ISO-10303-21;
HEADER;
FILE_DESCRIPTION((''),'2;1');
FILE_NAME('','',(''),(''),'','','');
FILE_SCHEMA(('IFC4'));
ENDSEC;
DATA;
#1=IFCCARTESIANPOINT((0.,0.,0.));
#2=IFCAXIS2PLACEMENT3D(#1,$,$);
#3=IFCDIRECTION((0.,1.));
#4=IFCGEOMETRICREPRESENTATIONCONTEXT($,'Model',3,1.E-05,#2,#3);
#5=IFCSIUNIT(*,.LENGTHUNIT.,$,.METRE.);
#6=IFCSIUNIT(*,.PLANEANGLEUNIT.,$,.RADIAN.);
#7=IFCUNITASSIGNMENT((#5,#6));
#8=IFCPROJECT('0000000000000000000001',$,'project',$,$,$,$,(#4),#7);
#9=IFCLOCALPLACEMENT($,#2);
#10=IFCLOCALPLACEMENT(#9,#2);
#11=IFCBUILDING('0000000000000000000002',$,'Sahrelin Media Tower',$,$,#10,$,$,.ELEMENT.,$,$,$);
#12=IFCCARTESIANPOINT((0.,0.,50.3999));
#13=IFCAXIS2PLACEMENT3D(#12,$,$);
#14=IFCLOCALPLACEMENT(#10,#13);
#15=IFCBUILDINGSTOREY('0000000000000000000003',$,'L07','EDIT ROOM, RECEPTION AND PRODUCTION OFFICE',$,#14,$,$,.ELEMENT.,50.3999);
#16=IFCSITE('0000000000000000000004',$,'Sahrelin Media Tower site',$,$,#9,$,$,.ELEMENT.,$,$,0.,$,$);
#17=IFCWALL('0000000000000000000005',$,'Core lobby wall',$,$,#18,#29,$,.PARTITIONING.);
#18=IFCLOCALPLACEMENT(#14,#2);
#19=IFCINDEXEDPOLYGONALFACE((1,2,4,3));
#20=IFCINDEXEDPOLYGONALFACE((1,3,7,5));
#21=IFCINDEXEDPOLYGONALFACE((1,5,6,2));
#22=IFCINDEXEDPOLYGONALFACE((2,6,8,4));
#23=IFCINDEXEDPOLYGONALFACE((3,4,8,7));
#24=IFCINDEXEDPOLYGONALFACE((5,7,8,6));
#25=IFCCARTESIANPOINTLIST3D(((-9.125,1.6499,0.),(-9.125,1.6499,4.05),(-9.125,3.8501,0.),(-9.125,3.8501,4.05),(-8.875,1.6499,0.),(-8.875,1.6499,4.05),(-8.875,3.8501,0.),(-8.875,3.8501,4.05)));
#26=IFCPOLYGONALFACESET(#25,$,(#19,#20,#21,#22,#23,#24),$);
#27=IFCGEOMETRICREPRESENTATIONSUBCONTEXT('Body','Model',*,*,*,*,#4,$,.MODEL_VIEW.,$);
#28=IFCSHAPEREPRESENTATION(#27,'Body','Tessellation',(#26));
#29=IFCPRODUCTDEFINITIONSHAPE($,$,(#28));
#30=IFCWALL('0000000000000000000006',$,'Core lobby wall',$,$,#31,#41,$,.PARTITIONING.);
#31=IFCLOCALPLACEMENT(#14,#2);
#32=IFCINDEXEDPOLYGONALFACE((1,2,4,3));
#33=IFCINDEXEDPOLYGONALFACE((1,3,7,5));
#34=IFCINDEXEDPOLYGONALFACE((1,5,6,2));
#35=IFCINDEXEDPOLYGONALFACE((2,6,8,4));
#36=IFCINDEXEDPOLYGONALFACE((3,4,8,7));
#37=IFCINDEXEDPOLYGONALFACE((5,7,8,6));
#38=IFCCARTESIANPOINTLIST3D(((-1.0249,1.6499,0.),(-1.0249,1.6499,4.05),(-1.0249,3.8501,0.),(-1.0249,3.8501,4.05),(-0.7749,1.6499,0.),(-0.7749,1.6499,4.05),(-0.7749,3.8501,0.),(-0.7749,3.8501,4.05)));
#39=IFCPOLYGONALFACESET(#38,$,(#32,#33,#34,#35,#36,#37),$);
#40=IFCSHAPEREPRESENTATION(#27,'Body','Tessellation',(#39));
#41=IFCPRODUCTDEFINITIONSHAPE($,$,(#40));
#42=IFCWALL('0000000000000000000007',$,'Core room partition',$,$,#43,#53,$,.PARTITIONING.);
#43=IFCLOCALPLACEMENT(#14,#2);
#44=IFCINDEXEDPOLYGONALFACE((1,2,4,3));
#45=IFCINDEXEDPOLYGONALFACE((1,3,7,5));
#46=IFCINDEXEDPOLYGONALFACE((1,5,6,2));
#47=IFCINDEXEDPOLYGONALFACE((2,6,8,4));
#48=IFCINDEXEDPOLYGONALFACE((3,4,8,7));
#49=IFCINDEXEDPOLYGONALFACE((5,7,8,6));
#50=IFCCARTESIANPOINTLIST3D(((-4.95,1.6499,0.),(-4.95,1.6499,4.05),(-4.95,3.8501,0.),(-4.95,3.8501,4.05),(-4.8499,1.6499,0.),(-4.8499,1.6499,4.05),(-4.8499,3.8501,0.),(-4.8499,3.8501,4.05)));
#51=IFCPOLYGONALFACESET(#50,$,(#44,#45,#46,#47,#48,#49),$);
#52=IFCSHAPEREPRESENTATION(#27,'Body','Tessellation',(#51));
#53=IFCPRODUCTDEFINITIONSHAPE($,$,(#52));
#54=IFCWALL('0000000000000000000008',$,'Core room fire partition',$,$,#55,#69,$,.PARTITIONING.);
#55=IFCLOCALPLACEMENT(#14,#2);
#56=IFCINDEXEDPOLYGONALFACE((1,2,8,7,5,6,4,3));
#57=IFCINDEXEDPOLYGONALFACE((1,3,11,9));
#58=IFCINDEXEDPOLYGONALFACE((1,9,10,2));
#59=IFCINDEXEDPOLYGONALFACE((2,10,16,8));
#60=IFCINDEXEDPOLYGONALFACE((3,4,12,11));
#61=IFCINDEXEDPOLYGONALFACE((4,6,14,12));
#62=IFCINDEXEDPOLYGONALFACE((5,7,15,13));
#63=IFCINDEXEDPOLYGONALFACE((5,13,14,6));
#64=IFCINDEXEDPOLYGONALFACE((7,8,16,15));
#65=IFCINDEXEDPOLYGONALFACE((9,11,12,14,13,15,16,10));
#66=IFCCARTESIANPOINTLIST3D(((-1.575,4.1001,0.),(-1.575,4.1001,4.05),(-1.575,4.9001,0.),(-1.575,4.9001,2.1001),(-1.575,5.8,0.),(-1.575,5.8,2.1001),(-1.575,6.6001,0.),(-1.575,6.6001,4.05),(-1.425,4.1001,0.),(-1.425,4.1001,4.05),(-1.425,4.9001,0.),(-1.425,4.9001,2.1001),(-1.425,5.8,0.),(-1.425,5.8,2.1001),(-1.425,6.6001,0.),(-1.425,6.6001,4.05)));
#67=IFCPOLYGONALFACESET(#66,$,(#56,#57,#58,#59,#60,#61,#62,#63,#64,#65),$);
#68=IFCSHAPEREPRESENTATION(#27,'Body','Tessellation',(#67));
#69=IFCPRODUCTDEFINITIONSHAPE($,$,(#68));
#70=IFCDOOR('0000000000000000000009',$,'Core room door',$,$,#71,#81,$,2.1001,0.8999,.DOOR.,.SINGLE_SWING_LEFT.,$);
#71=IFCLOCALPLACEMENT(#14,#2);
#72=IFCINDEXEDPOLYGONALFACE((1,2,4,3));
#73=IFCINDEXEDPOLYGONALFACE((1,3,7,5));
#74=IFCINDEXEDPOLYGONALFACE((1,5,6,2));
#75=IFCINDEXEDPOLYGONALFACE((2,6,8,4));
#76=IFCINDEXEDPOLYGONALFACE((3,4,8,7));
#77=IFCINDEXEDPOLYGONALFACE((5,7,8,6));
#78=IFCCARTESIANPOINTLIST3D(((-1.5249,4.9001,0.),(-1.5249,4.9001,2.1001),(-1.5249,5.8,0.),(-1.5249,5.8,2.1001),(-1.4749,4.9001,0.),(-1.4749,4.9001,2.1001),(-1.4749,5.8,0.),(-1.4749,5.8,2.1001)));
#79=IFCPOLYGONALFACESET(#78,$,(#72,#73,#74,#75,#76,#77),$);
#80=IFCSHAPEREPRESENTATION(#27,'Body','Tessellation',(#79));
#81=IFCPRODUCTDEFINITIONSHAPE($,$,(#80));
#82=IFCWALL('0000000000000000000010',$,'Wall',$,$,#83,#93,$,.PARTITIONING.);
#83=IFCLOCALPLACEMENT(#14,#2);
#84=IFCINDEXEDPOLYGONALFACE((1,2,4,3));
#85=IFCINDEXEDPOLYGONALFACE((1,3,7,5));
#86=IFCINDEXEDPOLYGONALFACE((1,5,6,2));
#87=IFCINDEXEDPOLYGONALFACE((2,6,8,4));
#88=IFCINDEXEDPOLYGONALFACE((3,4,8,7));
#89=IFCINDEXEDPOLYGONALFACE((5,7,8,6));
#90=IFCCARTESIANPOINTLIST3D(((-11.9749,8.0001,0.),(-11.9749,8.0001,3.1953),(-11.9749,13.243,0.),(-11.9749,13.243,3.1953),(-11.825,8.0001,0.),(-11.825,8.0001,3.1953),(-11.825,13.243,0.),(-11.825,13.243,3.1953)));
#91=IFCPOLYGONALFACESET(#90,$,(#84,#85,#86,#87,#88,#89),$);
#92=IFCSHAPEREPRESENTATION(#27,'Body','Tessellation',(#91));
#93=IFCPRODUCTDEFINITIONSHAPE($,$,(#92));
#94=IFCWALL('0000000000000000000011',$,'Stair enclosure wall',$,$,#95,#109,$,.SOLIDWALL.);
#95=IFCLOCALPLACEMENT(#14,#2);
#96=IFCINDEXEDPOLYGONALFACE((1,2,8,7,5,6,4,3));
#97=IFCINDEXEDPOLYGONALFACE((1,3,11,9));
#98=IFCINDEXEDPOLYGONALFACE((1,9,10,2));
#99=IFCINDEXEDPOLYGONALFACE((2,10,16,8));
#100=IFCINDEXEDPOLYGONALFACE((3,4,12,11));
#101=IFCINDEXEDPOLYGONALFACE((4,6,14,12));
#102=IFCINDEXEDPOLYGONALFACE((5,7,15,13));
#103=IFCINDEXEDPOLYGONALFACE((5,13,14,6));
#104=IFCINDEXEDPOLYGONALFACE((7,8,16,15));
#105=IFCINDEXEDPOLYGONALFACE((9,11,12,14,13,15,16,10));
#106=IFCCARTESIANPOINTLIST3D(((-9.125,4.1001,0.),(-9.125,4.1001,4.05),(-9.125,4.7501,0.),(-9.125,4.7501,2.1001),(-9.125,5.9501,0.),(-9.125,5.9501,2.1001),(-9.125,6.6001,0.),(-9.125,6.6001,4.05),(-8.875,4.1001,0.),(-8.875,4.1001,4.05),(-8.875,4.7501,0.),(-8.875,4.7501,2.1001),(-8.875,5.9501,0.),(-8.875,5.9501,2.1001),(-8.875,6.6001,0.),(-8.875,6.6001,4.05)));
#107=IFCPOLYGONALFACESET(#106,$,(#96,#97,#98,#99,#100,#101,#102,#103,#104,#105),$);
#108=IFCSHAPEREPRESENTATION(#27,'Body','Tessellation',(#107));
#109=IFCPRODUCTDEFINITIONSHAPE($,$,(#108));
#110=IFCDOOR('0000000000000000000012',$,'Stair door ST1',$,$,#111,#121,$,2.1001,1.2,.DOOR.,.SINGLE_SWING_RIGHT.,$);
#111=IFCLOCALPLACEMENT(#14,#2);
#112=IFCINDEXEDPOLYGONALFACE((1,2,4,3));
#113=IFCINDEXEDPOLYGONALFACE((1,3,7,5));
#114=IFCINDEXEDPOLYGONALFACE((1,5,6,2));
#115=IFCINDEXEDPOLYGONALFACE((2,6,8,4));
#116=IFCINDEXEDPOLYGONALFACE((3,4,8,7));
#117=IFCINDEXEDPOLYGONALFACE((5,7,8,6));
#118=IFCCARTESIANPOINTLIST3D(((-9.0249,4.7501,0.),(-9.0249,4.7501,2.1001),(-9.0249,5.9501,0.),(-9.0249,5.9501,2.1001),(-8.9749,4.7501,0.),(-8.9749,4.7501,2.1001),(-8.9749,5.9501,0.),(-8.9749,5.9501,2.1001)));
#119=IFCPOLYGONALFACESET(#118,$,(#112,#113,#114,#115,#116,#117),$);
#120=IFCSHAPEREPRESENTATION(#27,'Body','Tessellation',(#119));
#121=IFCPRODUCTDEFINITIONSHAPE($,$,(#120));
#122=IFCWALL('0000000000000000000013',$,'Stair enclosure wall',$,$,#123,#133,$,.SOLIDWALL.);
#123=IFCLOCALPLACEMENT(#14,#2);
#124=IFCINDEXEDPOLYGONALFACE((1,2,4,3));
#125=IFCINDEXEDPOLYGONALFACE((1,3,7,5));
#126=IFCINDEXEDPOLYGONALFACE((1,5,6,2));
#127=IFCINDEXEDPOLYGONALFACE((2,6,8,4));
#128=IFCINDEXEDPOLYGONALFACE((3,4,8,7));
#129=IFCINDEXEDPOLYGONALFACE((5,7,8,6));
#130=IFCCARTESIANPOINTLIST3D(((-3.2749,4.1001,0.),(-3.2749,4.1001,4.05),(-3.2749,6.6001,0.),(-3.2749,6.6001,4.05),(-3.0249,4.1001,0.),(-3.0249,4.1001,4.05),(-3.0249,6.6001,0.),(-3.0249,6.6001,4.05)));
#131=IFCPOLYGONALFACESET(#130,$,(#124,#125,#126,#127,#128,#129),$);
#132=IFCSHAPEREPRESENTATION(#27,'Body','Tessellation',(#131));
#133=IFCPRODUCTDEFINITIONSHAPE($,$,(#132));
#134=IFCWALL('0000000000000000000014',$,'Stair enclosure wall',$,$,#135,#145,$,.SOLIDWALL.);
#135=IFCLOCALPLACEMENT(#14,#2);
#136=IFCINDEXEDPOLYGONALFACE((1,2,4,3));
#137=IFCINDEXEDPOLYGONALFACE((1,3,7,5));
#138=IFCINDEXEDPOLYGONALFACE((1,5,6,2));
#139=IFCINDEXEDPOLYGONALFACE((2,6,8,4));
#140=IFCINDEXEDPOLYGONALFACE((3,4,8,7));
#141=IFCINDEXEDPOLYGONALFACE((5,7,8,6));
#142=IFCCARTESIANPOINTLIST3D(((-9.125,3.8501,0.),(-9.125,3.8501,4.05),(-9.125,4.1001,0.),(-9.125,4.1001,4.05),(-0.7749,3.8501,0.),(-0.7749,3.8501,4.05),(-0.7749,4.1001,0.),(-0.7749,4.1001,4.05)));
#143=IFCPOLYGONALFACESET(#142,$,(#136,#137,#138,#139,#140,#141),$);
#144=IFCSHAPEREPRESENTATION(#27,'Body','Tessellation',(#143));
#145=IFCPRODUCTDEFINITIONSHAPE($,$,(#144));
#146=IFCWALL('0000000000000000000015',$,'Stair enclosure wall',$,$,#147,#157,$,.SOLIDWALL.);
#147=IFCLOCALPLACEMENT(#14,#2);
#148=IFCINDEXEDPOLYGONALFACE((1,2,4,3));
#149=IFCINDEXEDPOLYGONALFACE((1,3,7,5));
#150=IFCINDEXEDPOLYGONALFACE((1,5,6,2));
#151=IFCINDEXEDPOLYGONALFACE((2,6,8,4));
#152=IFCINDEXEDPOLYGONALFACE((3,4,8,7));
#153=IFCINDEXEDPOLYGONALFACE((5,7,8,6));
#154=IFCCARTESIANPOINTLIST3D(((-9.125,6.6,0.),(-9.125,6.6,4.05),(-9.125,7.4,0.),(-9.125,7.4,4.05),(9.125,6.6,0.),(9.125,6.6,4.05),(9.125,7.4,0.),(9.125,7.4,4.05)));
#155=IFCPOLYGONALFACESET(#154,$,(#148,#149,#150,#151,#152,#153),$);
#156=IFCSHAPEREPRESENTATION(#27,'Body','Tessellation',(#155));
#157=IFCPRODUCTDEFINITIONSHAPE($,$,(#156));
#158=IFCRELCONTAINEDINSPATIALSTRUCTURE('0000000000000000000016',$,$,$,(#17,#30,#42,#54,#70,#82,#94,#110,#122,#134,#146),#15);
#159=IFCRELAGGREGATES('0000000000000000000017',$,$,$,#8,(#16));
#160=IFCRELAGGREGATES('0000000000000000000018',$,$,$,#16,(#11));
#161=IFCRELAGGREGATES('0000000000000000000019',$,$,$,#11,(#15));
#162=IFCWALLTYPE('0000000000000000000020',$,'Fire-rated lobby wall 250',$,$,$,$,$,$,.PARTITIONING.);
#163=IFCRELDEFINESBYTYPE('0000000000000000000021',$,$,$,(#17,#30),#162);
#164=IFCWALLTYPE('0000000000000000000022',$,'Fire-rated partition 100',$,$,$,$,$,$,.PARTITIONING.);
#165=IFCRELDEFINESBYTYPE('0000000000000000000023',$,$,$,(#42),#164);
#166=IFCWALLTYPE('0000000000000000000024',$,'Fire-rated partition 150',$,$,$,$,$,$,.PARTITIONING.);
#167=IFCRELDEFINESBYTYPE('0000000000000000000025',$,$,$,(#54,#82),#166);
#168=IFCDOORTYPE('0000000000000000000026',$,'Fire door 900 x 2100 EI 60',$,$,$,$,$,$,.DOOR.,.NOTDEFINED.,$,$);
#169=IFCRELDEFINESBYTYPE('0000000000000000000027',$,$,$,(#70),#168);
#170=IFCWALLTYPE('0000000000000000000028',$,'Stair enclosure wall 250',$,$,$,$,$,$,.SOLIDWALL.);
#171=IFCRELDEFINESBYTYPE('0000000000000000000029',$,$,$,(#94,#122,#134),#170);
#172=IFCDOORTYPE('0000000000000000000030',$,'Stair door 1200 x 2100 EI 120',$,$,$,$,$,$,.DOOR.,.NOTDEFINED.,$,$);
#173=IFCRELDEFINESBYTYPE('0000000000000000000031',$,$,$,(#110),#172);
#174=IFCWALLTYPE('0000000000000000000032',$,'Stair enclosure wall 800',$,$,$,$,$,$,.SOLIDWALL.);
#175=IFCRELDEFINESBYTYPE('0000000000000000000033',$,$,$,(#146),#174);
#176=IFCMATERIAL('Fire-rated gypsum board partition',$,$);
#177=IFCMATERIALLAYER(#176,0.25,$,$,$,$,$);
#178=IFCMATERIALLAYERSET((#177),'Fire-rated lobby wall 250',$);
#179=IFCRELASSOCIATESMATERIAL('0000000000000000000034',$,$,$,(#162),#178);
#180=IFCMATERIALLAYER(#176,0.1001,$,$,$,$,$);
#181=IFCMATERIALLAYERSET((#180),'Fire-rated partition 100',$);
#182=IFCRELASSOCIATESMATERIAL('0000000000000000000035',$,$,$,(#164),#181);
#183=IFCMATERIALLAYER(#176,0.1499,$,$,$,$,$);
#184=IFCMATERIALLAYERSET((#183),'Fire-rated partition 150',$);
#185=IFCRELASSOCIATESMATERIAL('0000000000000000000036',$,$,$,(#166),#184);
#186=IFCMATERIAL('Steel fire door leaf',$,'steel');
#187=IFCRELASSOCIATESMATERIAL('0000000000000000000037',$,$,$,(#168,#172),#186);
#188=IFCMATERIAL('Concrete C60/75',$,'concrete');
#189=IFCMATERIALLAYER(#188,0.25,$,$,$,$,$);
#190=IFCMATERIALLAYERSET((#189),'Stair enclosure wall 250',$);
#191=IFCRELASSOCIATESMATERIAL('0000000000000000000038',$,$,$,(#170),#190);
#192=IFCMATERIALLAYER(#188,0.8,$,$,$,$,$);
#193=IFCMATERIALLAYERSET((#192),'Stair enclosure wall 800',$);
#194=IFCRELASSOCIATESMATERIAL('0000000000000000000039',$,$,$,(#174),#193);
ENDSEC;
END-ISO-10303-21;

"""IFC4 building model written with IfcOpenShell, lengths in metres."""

from ifc_helpers import new_model, si_unit, direction, frame, frame_2d, origin, place, context, subcontext, project, spatial, rectangle, extrude, material, layer, layer_set, type_object, element, fill, save


model = new_model("IFC4")

# Units and contexts
model_context = context("Model", 3, precision=1e-05, world=origin(), true_north=direction((0.0, 1.0)))
body_context = subcontext(model_context, "Body", "Model", "MODEL_VIEW")
ifc_project = project(units=[si_unit("LENGTHUNIT", "METRE"), si_unit("PLANEANGLEUNIT", "RADIAN")], contexts=[model_context])

# Site, building, storey
site_placement = place(None, origin())
site = spatial("IfcSite", under=ifc_project, at=site_placement, Name="Sahrelin Media Tower site", CompositionType="ELEMENT", RefElevation=0.0)
building_placement = place(site_placement, origin())
building = spatial("IfcBuilding", under=site, at=building_placement, Name="Sahrelin Media Tower", CompositionType="ELEMENT")
storey_placement = place(building_placement, frame((0.0, 0.0, 50.3999)))
storey = spatial("IfcBuildingStorey", under=building, at=storey_placement, Name="L07", Description="EDIT ROOM, RECEPTION AND PRODUCTION OFFICE", CompositionType="ELEMENT", Elevation=50.3999)

# Shared definitions
ifc_material_1 = material(Name="Concrete C60/75", Category="concrete")
ifc_material_2 = material(Name="Steel fire door leaf", Category="steel")

# Shared definitions
ifc_material_3 = material(Name="Fire-rated gypsum board partition")
ifc_layer_1 = layer(ifc_material_3, 0.25)
ifc_layer_set_1 = layer_set([ifc_layer_1], Name="Fire-rated lobby wall 250")
wall_type_1 = type_object("IfcWallType", Name="Fire-rated lobby wall 250", PredefinedType="PARTITIONING", material=ifc_layer_set_1)

# Walls
for number, where, z_axis, x_axis, name in (
    (1, (-9.0, 1.6499, 0.0), (0.0, 0.0, 1.0), (0.0, 1.0, 0.0), "Core lobby wall"),
    (2, (-0.8999, 1.6499, 0.0), (0.0, 0.0, 1.0), (0.0, 1.0, 0.0), "Core lobby wall"),
):
    element("IfcWall", number, at=place(storey_placement, frame(where, z_axis=z_axis, x_axis=x_axis)), inside=storey, type_object=wall_type_1, Name=name, PredefinedType="PARTITIONING", context=body_context, shape_type="SweptSolid", body=[
        extrude(rectangle(XDim=2.2002, YDim=0.25, at=frame_2d((1.1001, 0.0))), origin(), (0.0, 0.0, 1.0), 4.05),
    ])
ifc_layer_2 = layer(ifc_material_3, 0.1001)
ifc_layer_set_2 = layer_set([ifc_layer_2], Name="Fire-rated partition 100")
wall_type_2 = type_object("IfcWallType", Name="Fire-rated partition 100", PredefinedType="PARTITIONING", material=ifc_layer_set_2)
wall_1_placement = place(storey_placement, frame((-4.8999, 1.6499, 0.0), z_axis=(0.0, 0.0, 1.0), x_axis=(0.0, 1.0, 0.0)))
element("IfcWall", 3, at=wall_1_placement, inside=storey, type_object=wall_type_2, Name="Core room partition", PredefinedType="PARTITIONING", context=body_context, shape_type="SweptSolid", body=[
    extrude(rectangle(XDim=2.2002, YDim=0.1001, at=frame_2d((1.1001, 0.0))), origin(), (0.0, 0.0, 1.0), 4.05),
])

# Wall, opening, door
ifc_layer_3 = layer(ifc_material_3, 0.1499)
ifc_layer_set_3 = layer_set([ifc_layer_3], Name="Fire-rated partition 150")
wall_type_3 = type_object("IfcWallType", Name="Fire-rated partition 150", PredefinedType="PARTITIONING", material=ifc_layer_set_3)
wall_2_placement = place(storey_placement, frame((-1.5, 4.1001, 0.0), z_axis=(0.0, 0.0, 1.0), x_axis=(0.0, 1.0, 0.0)))
wall_2 = element("IfcWall", 4, at=wall_2_placement, inside=storey, type_object=wall_type_3, Name="Core room fire partition", PredefinedType="PARTITIONING", context=body_context, shape_type="SweptSolid", body=[
    extrude(rectangle(XDim=2.5, YDim=0.1499, at=frame_2d((1.25, 0.0))), origin(), (0.0, 0.0, 1.0), 4.05),
])
opening_1_placement = place(wall_2_placement, frame((0.8, 0.0, 0.0)))
opening_1 = element("IfcOpeningElement", 5, at=opening_1_placement, cuts=wall_2, PredefinedType="OPENING", context=body_context, shape_type="SweptSolid", body=[
    extrude(rectangle(XDim=0.8999, YDim=2.1001, at=frame_2d((0.45, 1.05))), frame((0.0, 0.075, 0.0), z_axis=(0.0, -1.0, 0.0), x_axis=(1.0, 0.0, 0.0)), (0.0, 0.0, 1.0), 0.1499),
])
door_type_1 = type_object("IfcDoorType", Name="Fire door 900 x 2100 EI 60", OperationType="NOTDEFINED", PredefinedType="DOOR", material=ifc_material_2)
door_1_placement = place(opening_1_placement, origin())
door_1 = element("IfcDoor", 6, at=door_1_placement, inside=storey, type_object=door_type_1, Name="Core room door", OperationType="SINGLE_SWING_LEFT", OverallHeight=2.1001, OverallWidth=0.8999, PredefinedType="DOOR", context=body_context, shape_type="SweptSolid", body=[
    extrude(rectangle(XDim=0.8999, YDim=2.1001, at=frame_2d((0.45, 1.05))), frame((0.0, 0.0249, 0.0), z_axis=(0.0, -1.0, 0.0), x_axis=(1.0, 0.0, 0.0)), (0.0, 0.0, 1.0), 0.05),
])
fill(opening_1, door_1)

# Wall
wall_3_placement = place(storey_placement, frame((-11.8999, 8.0, 0.0), z_axis=(0.0, 0.0, 1.0), x_axis=(0.0, 1.0, 0.0)))
element("IfcWall", 7, at=wall_3_placement, inside=storey, type_object=wall_type_3, Name="Wall", PredefinedType="PARTITIONING", context=body_context, shape_type="SweptSolid", body=[
    extrude(rectangle(XDim=5.2429, YDim=0.1499, at=frame_2d((2.6216, 0.0))), origin(), (0.0, 0.0, 1.0), 3.1953),
])

# Wall, opening, door
ifc_layer_4 = layer(ifc_material_1, 0.25)
ifc_layer_set_4 = layer_set([ifc_layer_4], Name="Stair enclosure wall 250")
wall_type_4 = type_object("IfcWallType", Name="Stair enclosure wall 250", PredefinedType="SOLIDWALL", material=ifc_layer_set_4)
wall_4_placement = place(storey_placement, frame((-9.0, 4.1001, 0.0), z_axis=(0.0, 0.0, 1.0), x_axis=(0.0, 1.0, 0.0)))
wall_4 = element("IfcWall", 8, at=wall_4_placement, inside=storey, type_object=wall_type_4, Name="Stair enclosure wall", PredefinedType="SOLIDWALL", context=body_context, shape_type="SweptSolid", body=[
    extrude(rectangle(XDim=2.5, YDim=0.25, at=frame_2d((1.25, 0.0))), origin(), (0.0, 0.0, 1.0), 4.05),
])
opening_2_placement = place(wall_4_placement, frame((0.6499, 0.0, 0.0)))
opening_2 = element("IfcOpeningElement", 9, at=opening_2_placement, cuts=wall_4, PredefinedType="OPENING", context=body_context, shape_type="SweptSolid", body=[
    extrude(rectangle(XDim=1.2, YDim=2.1001, at=frame_2d((0.6001, 1.05))), frame((0.0, 0.125, 0.0), z_axis=(0.0, -1.0, 0.0), x_axis=(1.0, 0.0, 0.0)), (0.0, 0.0, 1.0), 0.25),
])
door_type_2 = type_object("IfcDoorType", Name="Stair door 1200 x 2100 EI 120", OperationType="NOTDEFINED", PredefinedType="DOOR", material=ifc_material_2)
door_2_placement = place(opening_2_placement, origin())
door_2 = element("IfcDoor", 10, at=door_2_placement, inside=storey, type_object=door_type_2, Name="Stair door ST1", OperationType="SINGLE_SWING_RIGHT", OverallHeight=2.1001, OverallWidth=1.2, PredefinedType="DOOR", context=body_context, shape_type="SweptSolid", body=[
    extrude(rectangle(XDim=1.2, YDim=2.1001, at=frame_2d((0.6001, 1.05))), frame((0.0, 0.0249, 0.0), z_axis=(0.0, -1.0, 0.0), x_axis=(1.0, 0.0, 0.0)), (0.0, 0.0, 1.0), 0.05),
])
fill(opening_2, door_2)

# Walls
wall_5_placement = place(storey_placement, frame((-3.1499, 4.1001, 0.0), z_axis=(0.0, 0.0, 1.0), x_axis=(0.0, 1.0, 0.0)))
element("IfcWall", 11, at=wall_5_placement, inside=storey, type_object=wall_type_4, Name="Stair enclosure wall", PredefinedType="SOLIDWALL", context=body_context, shape_type="SweptSolid", body=[
    extrude(rectangle(XDim=2.5, YDim=0.25, at=frame_2d((1.25, 0.0))), origin(), (0.0, 0.0, 1.0), 4.05),
])
wall_6_placement = place(storey_placement, frame((-9.125, 3.9751, 0.0), z_axis=(0.0, 0.0, 1.0), x_axis=(1.0, 0.0, 0.0)))
element("IfcWall", 12, at=wall_6_placement, inside=storey, type_object=wall_type_4, Name="Stair enclosure wall", PredefinedType="SOLIDWALL", context=body_context, shape_type="SweptSolid", body=[
    extrude(rectangle(XDim=8.3501, YDim=0.25, at=frame_2d((4.175, 0.0))), origin(), (0.0, 0.0, 1.0), 4.05),
])
ifc_layer_5 = layer(ifc_material_1, 0.8)
ifc_layer_set_5 = layer_set([ifc_layer_5], Name="Stair enclosure wall 800")
wall_type_5 = type_object("IfcWallType", Name="Stair enclosure wall 800", PredefinedType="SOLIDWALL", material=ifc_layer_set_5)
wall_7_placement = place(storey_placement, frame((-9.125, 7.0, 0.0), z_axis=(0.0, 0.0, 1.0), x_axis=(1.0, 0.0, 0.0)))
element("IfcWall", 13, at=wall_7_placement, inside=storey, type_object=wall_type_5, Name="Stair enclosure wall", PredefinedType="SOLIDWALL", context=body_context, shape_type="SweptSolid", body=[
    extrude(rectangle(XDim=18.25, YDim=0.8, at=frame_2d((9.125, 0.0))), origin(), (0.0, 0.0, 1.0), 4.05),
])

save(model, "model.ifc")
